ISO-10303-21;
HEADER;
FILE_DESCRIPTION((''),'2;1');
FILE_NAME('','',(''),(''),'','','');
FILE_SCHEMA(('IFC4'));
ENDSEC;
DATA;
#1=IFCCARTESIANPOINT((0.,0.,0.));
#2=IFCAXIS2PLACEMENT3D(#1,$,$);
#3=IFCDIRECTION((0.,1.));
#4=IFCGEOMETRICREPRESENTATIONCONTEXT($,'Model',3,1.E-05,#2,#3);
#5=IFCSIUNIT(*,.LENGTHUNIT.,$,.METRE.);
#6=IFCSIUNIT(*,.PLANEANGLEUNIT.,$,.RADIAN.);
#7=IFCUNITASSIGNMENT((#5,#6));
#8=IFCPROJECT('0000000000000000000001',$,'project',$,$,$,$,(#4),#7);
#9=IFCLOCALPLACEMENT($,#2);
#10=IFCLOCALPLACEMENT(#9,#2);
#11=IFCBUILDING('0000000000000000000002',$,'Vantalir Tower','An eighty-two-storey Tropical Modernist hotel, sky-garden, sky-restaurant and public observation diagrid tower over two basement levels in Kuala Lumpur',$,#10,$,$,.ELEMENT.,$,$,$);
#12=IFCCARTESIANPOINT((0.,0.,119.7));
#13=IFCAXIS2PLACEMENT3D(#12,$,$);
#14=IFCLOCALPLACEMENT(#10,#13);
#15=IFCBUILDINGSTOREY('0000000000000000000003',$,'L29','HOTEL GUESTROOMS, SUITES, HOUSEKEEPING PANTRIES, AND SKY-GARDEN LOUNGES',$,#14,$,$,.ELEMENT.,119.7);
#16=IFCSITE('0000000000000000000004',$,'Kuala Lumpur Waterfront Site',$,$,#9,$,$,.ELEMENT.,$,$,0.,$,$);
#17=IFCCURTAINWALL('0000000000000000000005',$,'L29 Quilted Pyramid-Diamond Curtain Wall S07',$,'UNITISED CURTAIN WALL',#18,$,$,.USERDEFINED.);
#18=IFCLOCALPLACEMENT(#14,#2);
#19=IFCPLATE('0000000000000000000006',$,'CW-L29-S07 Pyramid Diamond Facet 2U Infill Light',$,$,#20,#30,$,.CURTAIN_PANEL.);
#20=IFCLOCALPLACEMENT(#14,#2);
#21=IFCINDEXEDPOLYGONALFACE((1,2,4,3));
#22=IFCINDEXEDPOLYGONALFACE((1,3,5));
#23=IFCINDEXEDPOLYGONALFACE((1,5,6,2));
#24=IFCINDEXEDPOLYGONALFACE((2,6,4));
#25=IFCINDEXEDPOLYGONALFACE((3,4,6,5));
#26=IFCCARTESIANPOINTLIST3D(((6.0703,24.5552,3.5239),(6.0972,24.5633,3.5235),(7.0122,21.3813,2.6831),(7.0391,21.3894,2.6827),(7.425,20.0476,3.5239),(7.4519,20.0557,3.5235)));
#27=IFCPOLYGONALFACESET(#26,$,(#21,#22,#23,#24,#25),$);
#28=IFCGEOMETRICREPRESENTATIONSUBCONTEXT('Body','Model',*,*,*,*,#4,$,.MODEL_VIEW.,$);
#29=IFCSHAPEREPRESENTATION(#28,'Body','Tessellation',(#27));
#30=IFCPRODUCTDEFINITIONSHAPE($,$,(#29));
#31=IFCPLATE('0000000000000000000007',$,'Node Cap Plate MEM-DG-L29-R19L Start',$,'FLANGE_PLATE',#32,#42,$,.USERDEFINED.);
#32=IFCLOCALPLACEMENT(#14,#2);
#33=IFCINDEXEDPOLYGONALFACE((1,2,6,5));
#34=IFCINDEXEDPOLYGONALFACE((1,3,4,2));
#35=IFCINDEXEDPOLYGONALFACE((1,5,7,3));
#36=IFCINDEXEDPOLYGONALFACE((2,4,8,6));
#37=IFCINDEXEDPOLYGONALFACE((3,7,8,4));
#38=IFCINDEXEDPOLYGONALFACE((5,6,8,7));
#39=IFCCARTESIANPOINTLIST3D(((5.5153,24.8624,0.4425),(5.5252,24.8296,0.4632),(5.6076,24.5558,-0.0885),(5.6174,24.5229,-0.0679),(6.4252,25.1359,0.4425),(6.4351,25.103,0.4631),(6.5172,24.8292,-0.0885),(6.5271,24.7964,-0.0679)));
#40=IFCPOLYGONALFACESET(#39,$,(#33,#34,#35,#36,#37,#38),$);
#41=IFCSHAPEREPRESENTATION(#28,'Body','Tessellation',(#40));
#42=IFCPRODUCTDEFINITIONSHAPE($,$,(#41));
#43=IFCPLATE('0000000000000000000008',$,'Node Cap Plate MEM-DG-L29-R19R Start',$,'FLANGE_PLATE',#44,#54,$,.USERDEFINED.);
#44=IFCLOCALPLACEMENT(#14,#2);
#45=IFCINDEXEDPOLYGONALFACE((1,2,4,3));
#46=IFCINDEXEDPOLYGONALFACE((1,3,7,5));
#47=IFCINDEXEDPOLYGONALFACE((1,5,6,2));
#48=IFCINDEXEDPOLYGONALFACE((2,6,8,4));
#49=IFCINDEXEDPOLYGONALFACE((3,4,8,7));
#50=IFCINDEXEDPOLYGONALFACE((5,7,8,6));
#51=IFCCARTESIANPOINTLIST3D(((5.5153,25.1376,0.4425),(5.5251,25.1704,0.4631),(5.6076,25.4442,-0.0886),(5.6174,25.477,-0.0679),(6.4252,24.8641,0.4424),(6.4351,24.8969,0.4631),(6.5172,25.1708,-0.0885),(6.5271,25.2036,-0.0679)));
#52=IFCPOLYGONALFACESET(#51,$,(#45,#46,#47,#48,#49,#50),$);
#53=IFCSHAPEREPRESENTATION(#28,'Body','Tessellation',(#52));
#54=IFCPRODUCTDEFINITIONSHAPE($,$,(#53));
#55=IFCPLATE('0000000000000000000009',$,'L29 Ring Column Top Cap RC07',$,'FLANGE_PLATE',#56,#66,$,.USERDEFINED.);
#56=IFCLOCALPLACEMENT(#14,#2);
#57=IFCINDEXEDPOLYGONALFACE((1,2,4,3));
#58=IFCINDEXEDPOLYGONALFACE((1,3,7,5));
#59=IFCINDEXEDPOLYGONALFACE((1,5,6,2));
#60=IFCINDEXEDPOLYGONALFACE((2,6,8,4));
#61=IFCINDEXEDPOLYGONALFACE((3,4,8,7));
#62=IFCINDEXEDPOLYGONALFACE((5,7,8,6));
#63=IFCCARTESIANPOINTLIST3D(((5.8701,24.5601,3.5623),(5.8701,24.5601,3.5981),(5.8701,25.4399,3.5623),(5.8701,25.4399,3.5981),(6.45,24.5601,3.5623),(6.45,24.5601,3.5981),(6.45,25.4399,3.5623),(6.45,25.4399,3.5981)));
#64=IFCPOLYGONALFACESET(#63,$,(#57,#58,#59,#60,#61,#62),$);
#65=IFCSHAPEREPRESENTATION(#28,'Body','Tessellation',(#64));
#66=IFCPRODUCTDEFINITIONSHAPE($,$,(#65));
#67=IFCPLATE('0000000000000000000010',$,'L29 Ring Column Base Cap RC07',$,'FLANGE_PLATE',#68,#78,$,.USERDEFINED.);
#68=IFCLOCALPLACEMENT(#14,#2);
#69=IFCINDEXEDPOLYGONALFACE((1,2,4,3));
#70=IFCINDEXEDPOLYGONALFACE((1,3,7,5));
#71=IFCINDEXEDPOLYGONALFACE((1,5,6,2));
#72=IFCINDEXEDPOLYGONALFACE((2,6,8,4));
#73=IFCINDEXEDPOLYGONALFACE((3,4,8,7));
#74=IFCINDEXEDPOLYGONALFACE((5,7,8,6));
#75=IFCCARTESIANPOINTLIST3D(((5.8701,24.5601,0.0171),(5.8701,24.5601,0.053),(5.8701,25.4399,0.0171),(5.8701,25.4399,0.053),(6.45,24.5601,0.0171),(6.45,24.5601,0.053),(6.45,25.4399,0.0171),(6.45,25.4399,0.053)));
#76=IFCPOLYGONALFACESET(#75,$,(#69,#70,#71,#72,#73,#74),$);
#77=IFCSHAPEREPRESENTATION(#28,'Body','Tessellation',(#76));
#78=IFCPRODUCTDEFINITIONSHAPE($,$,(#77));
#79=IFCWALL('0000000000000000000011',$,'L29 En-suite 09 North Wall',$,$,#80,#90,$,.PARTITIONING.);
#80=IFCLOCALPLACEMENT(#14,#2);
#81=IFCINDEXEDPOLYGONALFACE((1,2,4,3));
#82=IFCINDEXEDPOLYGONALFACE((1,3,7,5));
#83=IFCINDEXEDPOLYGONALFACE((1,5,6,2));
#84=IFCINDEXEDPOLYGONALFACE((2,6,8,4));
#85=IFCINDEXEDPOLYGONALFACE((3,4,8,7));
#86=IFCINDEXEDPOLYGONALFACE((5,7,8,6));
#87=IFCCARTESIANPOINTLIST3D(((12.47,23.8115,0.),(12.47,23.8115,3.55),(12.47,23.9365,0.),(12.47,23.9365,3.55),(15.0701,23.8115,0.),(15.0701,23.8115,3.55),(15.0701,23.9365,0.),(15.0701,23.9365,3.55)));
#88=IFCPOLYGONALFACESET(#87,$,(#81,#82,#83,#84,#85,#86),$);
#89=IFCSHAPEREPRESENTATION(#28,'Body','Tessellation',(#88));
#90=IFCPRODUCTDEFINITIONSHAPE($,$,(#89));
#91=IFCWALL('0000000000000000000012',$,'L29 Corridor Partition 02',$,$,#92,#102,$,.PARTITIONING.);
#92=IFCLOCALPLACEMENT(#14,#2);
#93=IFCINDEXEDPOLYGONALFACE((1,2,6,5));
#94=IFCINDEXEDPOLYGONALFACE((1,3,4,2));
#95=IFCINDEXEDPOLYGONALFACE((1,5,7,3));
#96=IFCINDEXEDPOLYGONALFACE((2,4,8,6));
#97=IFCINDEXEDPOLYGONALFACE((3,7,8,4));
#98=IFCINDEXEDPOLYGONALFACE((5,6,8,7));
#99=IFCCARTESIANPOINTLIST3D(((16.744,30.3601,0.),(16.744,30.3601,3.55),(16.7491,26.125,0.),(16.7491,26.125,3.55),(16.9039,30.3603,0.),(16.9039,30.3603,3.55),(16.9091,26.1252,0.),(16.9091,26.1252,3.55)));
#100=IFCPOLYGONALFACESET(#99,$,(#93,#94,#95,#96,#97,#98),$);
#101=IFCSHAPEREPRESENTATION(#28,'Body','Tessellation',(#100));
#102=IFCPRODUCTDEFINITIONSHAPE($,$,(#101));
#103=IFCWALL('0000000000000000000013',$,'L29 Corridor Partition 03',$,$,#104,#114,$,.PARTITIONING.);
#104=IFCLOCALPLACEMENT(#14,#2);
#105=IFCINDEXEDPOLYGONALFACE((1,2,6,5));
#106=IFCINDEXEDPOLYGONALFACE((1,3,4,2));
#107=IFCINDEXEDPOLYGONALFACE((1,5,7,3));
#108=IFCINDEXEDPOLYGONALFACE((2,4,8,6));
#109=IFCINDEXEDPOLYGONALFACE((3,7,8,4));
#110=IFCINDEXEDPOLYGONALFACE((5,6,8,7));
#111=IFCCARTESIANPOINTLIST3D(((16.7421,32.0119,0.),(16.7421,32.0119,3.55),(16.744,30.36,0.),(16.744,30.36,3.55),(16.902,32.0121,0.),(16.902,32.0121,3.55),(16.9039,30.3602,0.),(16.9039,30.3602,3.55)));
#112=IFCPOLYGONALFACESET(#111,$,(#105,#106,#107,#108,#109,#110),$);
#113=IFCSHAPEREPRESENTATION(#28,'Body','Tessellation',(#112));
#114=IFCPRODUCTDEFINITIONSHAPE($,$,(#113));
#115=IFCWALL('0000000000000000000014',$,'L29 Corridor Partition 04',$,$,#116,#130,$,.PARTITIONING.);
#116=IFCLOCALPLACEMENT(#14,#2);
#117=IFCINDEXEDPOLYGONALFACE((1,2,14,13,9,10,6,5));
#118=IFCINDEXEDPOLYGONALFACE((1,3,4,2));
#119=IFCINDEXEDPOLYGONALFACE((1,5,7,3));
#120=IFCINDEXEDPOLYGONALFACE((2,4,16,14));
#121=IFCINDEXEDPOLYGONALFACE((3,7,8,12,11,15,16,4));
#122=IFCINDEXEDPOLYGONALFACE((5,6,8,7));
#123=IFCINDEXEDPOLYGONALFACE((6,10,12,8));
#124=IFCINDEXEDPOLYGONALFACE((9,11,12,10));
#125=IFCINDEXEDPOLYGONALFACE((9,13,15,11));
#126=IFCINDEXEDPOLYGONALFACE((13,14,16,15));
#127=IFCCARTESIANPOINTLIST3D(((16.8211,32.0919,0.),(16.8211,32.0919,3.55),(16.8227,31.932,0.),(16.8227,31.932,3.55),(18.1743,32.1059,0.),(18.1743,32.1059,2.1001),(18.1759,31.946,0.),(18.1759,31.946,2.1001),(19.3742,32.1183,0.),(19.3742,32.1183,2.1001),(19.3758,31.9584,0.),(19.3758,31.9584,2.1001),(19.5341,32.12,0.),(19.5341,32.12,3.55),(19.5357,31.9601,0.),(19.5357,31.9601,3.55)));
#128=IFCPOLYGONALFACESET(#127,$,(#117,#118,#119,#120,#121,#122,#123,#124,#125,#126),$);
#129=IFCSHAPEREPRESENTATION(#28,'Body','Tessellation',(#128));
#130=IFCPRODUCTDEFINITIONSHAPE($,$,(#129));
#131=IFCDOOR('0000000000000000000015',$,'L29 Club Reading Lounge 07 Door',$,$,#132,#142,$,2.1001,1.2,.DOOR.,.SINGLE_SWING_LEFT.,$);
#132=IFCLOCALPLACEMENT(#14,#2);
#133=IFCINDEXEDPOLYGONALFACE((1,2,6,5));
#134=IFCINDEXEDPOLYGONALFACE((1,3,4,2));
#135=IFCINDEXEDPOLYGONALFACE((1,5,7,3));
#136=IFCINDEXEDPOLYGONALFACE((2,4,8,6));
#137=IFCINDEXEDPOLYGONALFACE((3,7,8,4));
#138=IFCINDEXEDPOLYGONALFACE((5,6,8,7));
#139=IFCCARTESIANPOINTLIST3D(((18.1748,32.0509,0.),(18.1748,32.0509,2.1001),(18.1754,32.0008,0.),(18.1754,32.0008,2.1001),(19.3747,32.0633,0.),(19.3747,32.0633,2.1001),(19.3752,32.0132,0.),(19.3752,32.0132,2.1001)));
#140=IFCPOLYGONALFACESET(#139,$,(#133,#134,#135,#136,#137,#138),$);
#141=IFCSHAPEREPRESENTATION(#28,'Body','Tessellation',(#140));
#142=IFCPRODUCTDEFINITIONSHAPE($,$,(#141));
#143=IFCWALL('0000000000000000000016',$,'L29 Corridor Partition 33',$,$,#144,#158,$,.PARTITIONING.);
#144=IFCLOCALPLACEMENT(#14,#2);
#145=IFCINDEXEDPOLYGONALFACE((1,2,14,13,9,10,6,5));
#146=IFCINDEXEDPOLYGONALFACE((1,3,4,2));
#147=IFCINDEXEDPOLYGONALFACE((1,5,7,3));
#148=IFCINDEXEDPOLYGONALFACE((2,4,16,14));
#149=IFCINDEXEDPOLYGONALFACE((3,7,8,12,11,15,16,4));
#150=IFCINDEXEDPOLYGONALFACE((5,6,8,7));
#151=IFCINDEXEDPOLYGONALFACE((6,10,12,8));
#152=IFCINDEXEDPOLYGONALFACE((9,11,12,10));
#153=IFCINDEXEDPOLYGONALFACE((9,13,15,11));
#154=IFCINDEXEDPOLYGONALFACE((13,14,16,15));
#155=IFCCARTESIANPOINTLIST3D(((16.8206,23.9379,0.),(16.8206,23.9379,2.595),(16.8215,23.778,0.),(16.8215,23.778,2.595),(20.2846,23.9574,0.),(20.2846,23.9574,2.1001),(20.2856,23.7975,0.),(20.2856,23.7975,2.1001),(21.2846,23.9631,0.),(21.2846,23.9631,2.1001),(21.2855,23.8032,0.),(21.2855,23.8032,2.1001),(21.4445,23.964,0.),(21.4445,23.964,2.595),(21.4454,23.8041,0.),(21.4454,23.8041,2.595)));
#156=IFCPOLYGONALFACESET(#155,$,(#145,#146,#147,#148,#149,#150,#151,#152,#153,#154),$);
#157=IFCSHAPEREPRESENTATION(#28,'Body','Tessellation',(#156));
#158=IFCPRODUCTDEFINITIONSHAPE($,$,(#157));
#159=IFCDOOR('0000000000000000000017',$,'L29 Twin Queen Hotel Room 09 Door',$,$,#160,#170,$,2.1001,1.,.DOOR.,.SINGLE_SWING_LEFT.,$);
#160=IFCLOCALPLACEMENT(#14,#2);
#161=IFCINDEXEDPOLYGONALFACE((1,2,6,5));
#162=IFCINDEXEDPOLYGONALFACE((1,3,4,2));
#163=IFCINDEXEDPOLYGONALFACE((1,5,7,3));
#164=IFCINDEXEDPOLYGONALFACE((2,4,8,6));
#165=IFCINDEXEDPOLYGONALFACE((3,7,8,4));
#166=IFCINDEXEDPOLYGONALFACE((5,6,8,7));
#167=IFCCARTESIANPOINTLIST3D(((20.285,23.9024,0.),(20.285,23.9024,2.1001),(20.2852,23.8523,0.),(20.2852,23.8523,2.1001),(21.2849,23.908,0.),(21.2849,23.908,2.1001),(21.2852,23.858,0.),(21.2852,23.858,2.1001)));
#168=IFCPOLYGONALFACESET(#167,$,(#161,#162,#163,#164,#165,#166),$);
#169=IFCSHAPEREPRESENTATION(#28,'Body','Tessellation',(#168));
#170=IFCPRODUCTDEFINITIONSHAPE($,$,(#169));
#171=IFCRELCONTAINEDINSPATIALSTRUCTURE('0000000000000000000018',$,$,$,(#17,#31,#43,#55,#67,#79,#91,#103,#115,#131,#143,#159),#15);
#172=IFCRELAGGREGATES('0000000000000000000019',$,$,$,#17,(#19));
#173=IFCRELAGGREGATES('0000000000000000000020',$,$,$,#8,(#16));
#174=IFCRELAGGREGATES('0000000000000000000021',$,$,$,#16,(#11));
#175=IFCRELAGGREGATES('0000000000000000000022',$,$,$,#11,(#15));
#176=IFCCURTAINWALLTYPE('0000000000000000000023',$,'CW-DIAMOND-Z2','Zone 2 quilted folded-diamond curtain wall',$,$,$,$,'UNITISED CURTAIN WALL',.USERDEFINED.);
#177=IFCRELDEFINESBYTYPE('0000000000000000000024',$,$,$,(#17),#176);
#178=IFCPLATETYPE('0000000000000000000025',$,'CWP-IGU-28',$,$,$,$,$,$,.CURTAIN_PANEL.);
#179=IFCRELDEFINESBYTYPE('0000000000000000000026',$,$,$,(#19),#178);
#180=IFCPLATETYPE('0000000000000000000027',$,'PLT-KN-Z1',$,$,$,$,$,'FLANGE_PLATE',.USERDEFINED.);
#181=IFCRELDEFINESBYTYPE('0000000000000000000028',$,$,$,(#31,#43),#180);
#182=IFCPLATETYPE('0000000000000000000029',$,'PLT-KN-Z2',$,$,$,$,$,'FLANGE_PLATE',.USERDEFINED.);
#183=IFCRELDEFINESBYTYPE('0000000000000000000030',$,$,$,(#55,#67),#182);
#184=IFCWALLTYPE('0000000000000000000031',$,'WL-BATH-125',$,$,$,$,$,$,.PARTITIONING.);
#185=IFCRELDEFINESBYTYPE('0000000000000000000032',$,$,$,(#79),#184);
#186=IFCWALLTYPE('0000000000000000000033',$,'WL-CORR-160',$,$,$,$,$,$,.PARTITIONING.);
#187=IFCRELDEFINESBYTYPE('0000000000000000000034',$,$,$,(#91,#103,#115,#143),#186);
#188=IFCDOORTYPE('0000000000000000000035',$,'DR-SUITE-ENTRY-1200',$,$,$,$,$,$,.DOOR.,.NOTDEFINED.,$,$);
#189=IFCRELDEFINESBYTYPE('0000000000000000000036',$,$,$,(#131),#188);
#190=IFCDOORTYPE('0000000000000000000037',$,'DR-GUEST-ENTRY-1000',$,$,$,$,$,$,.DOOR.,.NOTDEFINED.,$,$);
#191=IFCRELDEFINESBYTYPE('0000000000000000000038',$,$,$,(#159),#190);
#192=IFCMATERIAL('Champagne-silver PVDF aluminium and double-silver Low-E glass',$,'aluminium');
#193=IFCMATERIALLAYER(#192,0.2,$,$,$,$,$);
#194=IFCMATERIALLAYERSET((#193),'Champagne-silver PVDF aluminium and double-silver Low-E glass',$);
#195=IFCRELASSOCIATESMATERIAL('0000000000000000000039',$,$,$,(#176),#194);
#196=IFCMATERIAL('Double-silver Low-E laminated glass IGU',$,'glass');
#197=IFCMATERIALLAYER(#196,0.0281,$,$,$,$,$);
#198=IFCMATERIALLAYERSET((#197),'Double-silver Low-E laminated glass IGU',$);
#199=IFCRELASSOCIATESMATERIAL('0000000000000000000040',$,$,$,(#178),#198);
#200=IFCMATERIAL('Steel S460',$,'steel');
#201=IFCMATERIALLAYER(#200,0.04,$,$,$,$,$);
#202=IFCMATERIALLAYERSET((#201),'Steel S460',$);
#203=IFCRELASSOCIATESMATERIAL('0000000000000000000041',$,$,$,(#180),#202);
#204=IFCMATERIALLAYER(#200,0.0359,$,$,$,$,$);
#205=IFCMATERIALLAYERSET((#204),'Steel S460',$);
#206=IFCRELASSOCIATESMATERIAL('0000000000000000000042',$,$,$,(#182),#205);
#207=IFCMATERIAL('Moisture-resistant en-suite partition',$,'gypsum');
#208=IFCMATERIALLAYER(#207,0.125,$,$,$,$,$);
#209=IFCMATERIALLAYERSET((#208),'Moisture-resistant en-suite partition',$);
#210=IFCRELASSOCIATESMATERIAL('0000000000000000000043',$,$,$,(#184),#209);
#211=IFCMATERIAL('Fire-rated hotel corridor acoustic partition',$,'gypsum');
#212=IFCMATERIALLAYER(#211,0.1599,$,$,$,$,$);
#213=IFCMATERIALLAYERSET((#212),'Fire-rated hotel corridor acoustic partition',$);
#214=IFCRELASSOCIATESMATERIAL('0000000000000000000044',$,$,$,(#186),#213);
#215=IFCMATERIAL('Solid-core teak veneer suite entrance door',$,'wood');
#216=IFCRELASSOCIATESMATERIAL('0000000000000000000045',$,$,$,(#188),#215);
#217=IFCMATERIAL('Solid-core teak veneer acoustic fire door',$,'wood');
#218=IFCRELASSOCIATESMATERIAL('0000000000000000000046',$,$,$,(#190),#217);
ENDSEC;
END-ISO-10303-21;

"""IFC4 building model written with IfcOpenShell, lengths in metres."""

from ifc_helpers import new_model, si_unit, direction, frame, frame_2d, origin, place, context, subcontext, project, spatial, polyline, rectangle, outline, extrude, material, layer, layer_set, type_object, element, fill, aggregate, save


model = new_model("IFC4")

# Units and contexts
model_context = context("Model", 3, precision=1e-05, world=origin(), true_north=direction((0.0, 1.0)))
body_context = subcontext(model_context, "Body", "Model", "MODEL_VIEW")
ifc_project = project(units=[si_unit("LENGTHUNIT", "METRE"), si_unit("PLANEANGLEUNIT", "RADIAN")], contexts=[model_context])

# Site, building, storey
site_placement = place(None, origin())
site = spatial("IfcSite", under=ifc_project, at=site_placement, Name="Kuala Lumpur Waterfront Site", CompositionType="ELEMENT", RefElevation=0.0)
building_placement = place(site_placement, origin())
building = spatial("IfcBuilding", under=site, at=building_placement, Name="Vantalir Tower", Description="An eighty-two-storey Tropical Modernist hotel, sky-garden, sky-restaurant and public observation diagrid tower over two basement levels in Kuala Lumpur", CompositionType="ELEMENT")
storey_placement = place(building_placement, frame((0.0, 0.0, 119.7)))
storey = spatial("IfcBuildingStorey", under=building, at=storey_placement, Name="L29", Description="HOTEL GUESTROOMS, SUITES, HOUSEKEEPING PANTRIES, AND SKY-GARDEN LOUNGES", CompositionType="ELEMENT", Elevation=119.7)

# Shared definitions
ifc_material_1 = material(Name="Steel S460", Category="steel")

# Curtain wall
ifc_material_2 = material(Name="Champagne-silver PVDF aluminium and double-silver Low-E glass", Category="aluminium")
ifc_layer_1 = layer(ifc_material_2, 0.2)
ifc_layer_set_1 = layer_set([ifc_layer_1], Name="Champagne-silver PVDF aluminium and double-silver Low-E glass")
curtain_wall_type = type_object("IfcCurtainWallType", Name="CW-DIAMOND-Z2", Description="Zone 2 quilted folded-diamond curtain wall", ElementType="UNITISED CURTAIN WALL", PredefinedType="USERDEFINED", material=ifc_layer_set_1)
curtain_wall_1_placement = place(storey_placement, origin())
curtain_wall_1 = element("IfcCurtainWall", 1, at=curtain_wall_1_placement, inside=storey, type_object=curtain_wall_type, Name="L29 Quilted Pyramid-Diamond Curtain Wall S07", ObjectType="UNITISED CURTAIN WALL", PredefinedType="USERDEFINED")

# Plate
ifc_material_3 = material(Name="Double-silver Low-E laminated glass IGU", Category="glass")
ifc_layer_2 = layer(ifc_material_3, 0.0281)
ifc_layer_set_2 = layer_set([ifc_layer_2], Name="Double-silver Low-E laminated glass IGU")
plate_type_1 = type_object("IfcPlateType", Name="CWP-IGU-28", PredefinedType="CURTAIN_PANEL", material=ifc_layer_set_2)
plate_1_placement = place(storey_placement, frame((6.0703, 24.5552, 3.5239), z_axis=(-0.957593, -0.287802, 0.013655), x_axis=(0.287828, -0.957682, 0.0)))
plate_1 = element("IfcPlate", 2, at=plate_1_placement, type_object=plate_type_1, Name="CW-L29-S07 Pyramid Diamond Facet 2U Infill Light", PredefinedType="CURTAIN_PANEL", context=body_context, shape_type="SweptSolid", body=[
    extrude(outline(polyline([(0.0, 0.0), (4.7067, 0.0), (3.3106, -0.8409), (0.0, 0.0)])), origin(), (0.0, 0.0, -1.0), 0.0281),
])
aggregate(curtain_wall_1, [plate_1])

# Plates
ifc_layer_3 = layer(ifc_material_1, 0.04)
ifc_layer_set_3 = layer_set([ifc_layer_3], Name="Steel S460")
plate_type_2 = type_object("IfcPlateType", Name="PLT-KN-Z1", ElementType="FLANGE_PLATE", PredefinedType="USERDEFINED", material=ifc_layer_set_3)
plate_2_placement = place(storey_placement, frame((5.6174, 24.5229, -0.0679), z_axis=(0.246487, -0.820121, 0.516377), x_axis=(0.957678, 0.287841, 0.000016)))
element("IfcPlate", 3, at=plate_2_placement, inside=storey, type_object=plate_type_2, Name="Node Cap Plate MEM-DG-L29-R19L Start", ObjectType="FLANGE_PLATE", PredefinedType="USERDEFINED", context=body_context, shape_type="SweptSolid", body=[
    extrude(outline(polyline([(0.0, 0.0), (0.9499, 0.0), (0.95, 0.6201), (-0.0001, 0.6201), (0.0, 0.0)])), origin(), (0.0, 0.0, -1.0), 0.04),
])
plate_3_placement = place(storey_placement, frame((6.5271, 25.2036, -0.0679), z_axis=(0.246487, 0.820121, 0.516377), x_axis=(-0.957678, 0.287841, -0.000016)))
element("IfcPlate", 4, at=plate_3_placement, inside=storey, type_object=plate_type_2, Name="Node Cap Plate MEM-DG-L29-R19R Start", ObjectType="FLANGE_PLATE", PredefinedType="USERDEFINED", context=body_context, shape_type="SweptSolid", body=[
    extrude(outline(polyline([(0.0, 0.0), (0.9499, 0.0), (0.95, 0.6201), (-0.0001, 0.6201), (0.0, 0.0)])), origin(), (0.0, 0.0, -1.0), 0.04),
])
ifc_layer_4 = layer(ifc_material_1, 0.0359)
ifc_layer_set_4 = layer_set([ifc_layer_4], Name="Steel S460")
plate_type_3 = type_object("IfcPlateType", Name="PLT-KN-Z2", ElementType="FLANGE_PLATE", PredefinedType="USERDEFINED", material=ifc_layer_set_4)
for number, where, z_axis, x_axis, name in (
    (5, (5.8701, 25.4399, 3.5981), (0.0, 0.0, 1.0), (0.0, -1.0, 0.0), "L29 Ring Column Top Cap RC07"),
    (6, (5.8701, 25.4399, 0.053), (0.0, 0.0, 1.0), (0.0, -1.0, 0.0), "L29 Ring Column Base Cap RC07"),
):
    element("IfcPlate", number, at=place(storey_placement, frame(where, z_axis=z_axis, x_axis=x_axis)), inside=storey, type_object=plate_type_3, Name=name, ObjectType="FLANGE_PLATE", PredefinedType="USERDEFINED", context=body_context, shape_type="SweptSolid", body=[
        extrude(outline(polyline([(0.0, 0.0), (0.8799, 0.0), (0.8799, 0.5798), (0.0, 0.5798), (0.0, 0.0)])), origin(), (0.0, 0.0, -1.0), 0.0359),
    ])

# Walls
ifc_material_4 = material(Name="Moisture-resistant en-suite partition", Category="gypsum")
ifc_layer_5 = layer(ifc_material_4, 0.125)
ifc_layer_set_5 = layer_set([ifc_layer_5], Name="Moisture-resistant en-suite partition")
wall_type_1 = type_object("IfcWallType", Name="WL-BATH-125", PredefinedType="PARTITIONING", material=ifc_layer_set_5)
wall_1_placement = place(storey_placement, frame((12.47, 23.874, 0.0), z_axis=(0.0, 0.0, 1.0), x_axis=(1.0, 0.0, 0.0)))
element("IfcWall", 7, at=wall_1_placement, inside=storey, type_object=wall_type_1, Name="L29 En-suite 09 North Wall", PredefinedType="PARTITIONING", context=body_context, shape_type="SweptSolid", body=[
    extrude(rectangle(XDim=2.6001, YDim=0.125, at=frame_2d((1.3, 0.0))), origin(), (0.0, 0.0, 1.0), 3.55),
])
ifc_material_5 = material(Name="Fire-rated hotel corridor acoustic partition", Category="gypsum")
ifc_layer_6 = layer(ifc_material_5, 0.1599)
ifc_layer_set_6 = layer_set([ifc_layer_6], Name="Fire-rated hotel corridor acoustic partition")
wall_type_2 = type_object("IfcWallType", Name="WL-CORR-160", PredefinedType="PARTITIONING", material=ifc_layer_set_6)
wall_2_placement = place(storey_placement, frame((16.8291, 26.125, 0.0), z_axis=(0.0, 0.0, 1.0), x_axis=(-0.001211, 0.999999, 0.0)))
element("IfcWall", 8, at=wall_2_placement, inside=storey, type_object=wall_type_2, Name="L29 Corridor Partition 02", PredefinedType="PARTITIONING", context=body_context, shape_type="SweptSolid", body=[
    extrude(rectangle(XDim=4.2351, YDim=0.1599, at=frame_2d((2.1177, 0.0))), origin(), (0.0, 0.0, 1.0), 3.55),
])
wall_3_placement = place(storey_placement, frame((16.824, 30.3601, 0.0), z_axis=(0.0, 0.0, 1.0), x_axis=(-0.001182, 0.999999, 0.0)))
element("IfcWall", 9, at=wall_3_placement, inside=storey, type_object=wall_type_2, Name="L29 Corridor Partition 03", PredefinedType="PARTITIONING", context=body_context, shape_type="SweptSolid", body=[
    extrude(rectangle(XDim=1.6519, YDim=0.1599, at=frame_2d((0.8259, 0.0))), origin(), (0.0, 0.0, 1.0), 3.55),
])

# Walls, openings, doors
wall_4_placement = place(storey_placement, frame((16.822, 32.012, 0.0), z_axis=(0.0, 0.0, 1.0), x_axis=(0.999946, 0.010349, 0.0)))
wall_4 = element("IfcWall", 10, at=wall_4_placement, inside=storey, type_object=wall_type_2, Name="L29 Corridor Partition 04", PredefinedType="PARTITIONING", context=body_context, shape_type="SweptSolid", body=[
    extrude(rectangle(XDim=2.7131, YDim=0.1599, at=frame_2d((1.3564, 0.0))), origin(), (0.0, 0.0, 1.0), 3.55),
])
opening_1_placement = place(wall_4_placement, frame((1.353, 0.0, 0.0)))
opening_1 = element("IfcOpeningElement", 11, at=opening_1_placement, cuts=wall_4, PredefinedType="OPENING", context=body_context, shape_type="SweptSolid", body=[
    extrude(rectangle(XDim=1.2, YDim=2.1001, at=frame_2d((0.6001, 1.05))), frame((0.0, 0.0898, 0.0), z_axis=(0.0, -1.0, 0.0), x_axis=(1.0, 0.0, 0.0)), (0.0, 0.0, 1.0), 0.1799),
])
ifc_material_6 = material(Name="Solid-core teak veneer suite entrance door", Category="wood")
door_type_1 = type_object("IfcDoorType", Name="DR-SUITE-ENTRY-1200", OperationType="NOTDEFINED", PredefinedType="DOOR", material=ifc_material_6)
door_1_placement = place(opening_1_placement, origin())
door_1 = element("IfcDoor", 12, at=door_1_placement, inside=storey, type_object=door_type_1, Name="L29 Club Reading Lounge 07 Door", OperationType="SINGLE_SWING_LEFT", OverallHeight=2.1001, OverallWidth=1.2, PredefinedType="DOOR", context=body_context, shape_type="SweptSolid", body=[
    extrude(rectangle(XDim=1.2, YDim=2.1001, at=frame_2d((0.6001, 1.05))), frame((0.0, 0.0249, 0.0), z_axis=(0.0, -1.0, 0.0), x_axis=(1.0, 0.0, 0.0)), (0.0, 0.0, 1.0), 0.05),
])
fill(opening_1, door_1)
wall_5_placement = place(storey_placement, frame((16.821, 23.8579, 0.0), z_axis=(0.0, 0.0, 1.0), x_axis=(0.999984, 0.005649, 0.0)))
wall_5 = element("IfcWall", 13, at=wall_5_placement, inside=storey, type_object=wall_type_2, Name="L29 Corridor Partition 33", PredefinedType="PARTITIONING", context=body_context, shape_type="SweptSolid", body=[
    extrude(rectangle(XDim=4.624, YDim=0.1599, at=frame_2d((2.312, 0.0))), origin(), (0.0, 0.0, 1.0), 2.595),
])
opening_2_placement = place(wall_5_placement, frame((3.4641, 0.0, 0.0)))
opening_2 = element("IfcOpeningElement", 14, at=opening_2_placement, cuts=wall_5, PredefinedType="OPENING", context=body_context, shape_type="SweptSolid", body=[
    extrude(rectangle(XDim=1.0, YDim=2.1001, at=frame_2d((0.5, 1.05))), frame((0.0, 0.0898, 0.0), z_axis=(0.0, -1.0, 0.0), x_axis=(1.0, 0.0, 0.0)), (0.0, 0.0, 1.0), 0.1799),
])
ifc_material_7 = material(Name="Solid-core teak veneer acoustic fire door", Category="wood")
door_type_2 = type_object("IfcDoorType", Name="DR-GUEST-ENTRY-1000", OperationType="NOTDEFINED", PredefinedType="DOOR", material=ifc_material_7)
door_2_placement = place(opening_2_placement, origin())
door_2 = element("IfcDoor", 15, at=door_2_placement, inside=storey, type_object=door_type_2, Name="L29 Twin Queen Hotel Room 09 Door", OperationType="SINGLE_SWING_LEFT", OverallHeight=2.1001, OverallWidth=1.0, PredefinedType="DOOR", context=body_context, shape_type="SweptSolid", body=[
    extrude(rectangle(XDim=1.0, YDim=2.1001, at=frame_2d((0.5, 1.05))), frame((0.0, 0.0249, 0.0), z_axis=(0.0, -1.0, 0.0), x_axis=(1.0, 0.0, 0.0)), (0.0, 0.0, 1.0), 0.05),
])
fill(opening_2, door_2)

save(model, "model.ifc")
